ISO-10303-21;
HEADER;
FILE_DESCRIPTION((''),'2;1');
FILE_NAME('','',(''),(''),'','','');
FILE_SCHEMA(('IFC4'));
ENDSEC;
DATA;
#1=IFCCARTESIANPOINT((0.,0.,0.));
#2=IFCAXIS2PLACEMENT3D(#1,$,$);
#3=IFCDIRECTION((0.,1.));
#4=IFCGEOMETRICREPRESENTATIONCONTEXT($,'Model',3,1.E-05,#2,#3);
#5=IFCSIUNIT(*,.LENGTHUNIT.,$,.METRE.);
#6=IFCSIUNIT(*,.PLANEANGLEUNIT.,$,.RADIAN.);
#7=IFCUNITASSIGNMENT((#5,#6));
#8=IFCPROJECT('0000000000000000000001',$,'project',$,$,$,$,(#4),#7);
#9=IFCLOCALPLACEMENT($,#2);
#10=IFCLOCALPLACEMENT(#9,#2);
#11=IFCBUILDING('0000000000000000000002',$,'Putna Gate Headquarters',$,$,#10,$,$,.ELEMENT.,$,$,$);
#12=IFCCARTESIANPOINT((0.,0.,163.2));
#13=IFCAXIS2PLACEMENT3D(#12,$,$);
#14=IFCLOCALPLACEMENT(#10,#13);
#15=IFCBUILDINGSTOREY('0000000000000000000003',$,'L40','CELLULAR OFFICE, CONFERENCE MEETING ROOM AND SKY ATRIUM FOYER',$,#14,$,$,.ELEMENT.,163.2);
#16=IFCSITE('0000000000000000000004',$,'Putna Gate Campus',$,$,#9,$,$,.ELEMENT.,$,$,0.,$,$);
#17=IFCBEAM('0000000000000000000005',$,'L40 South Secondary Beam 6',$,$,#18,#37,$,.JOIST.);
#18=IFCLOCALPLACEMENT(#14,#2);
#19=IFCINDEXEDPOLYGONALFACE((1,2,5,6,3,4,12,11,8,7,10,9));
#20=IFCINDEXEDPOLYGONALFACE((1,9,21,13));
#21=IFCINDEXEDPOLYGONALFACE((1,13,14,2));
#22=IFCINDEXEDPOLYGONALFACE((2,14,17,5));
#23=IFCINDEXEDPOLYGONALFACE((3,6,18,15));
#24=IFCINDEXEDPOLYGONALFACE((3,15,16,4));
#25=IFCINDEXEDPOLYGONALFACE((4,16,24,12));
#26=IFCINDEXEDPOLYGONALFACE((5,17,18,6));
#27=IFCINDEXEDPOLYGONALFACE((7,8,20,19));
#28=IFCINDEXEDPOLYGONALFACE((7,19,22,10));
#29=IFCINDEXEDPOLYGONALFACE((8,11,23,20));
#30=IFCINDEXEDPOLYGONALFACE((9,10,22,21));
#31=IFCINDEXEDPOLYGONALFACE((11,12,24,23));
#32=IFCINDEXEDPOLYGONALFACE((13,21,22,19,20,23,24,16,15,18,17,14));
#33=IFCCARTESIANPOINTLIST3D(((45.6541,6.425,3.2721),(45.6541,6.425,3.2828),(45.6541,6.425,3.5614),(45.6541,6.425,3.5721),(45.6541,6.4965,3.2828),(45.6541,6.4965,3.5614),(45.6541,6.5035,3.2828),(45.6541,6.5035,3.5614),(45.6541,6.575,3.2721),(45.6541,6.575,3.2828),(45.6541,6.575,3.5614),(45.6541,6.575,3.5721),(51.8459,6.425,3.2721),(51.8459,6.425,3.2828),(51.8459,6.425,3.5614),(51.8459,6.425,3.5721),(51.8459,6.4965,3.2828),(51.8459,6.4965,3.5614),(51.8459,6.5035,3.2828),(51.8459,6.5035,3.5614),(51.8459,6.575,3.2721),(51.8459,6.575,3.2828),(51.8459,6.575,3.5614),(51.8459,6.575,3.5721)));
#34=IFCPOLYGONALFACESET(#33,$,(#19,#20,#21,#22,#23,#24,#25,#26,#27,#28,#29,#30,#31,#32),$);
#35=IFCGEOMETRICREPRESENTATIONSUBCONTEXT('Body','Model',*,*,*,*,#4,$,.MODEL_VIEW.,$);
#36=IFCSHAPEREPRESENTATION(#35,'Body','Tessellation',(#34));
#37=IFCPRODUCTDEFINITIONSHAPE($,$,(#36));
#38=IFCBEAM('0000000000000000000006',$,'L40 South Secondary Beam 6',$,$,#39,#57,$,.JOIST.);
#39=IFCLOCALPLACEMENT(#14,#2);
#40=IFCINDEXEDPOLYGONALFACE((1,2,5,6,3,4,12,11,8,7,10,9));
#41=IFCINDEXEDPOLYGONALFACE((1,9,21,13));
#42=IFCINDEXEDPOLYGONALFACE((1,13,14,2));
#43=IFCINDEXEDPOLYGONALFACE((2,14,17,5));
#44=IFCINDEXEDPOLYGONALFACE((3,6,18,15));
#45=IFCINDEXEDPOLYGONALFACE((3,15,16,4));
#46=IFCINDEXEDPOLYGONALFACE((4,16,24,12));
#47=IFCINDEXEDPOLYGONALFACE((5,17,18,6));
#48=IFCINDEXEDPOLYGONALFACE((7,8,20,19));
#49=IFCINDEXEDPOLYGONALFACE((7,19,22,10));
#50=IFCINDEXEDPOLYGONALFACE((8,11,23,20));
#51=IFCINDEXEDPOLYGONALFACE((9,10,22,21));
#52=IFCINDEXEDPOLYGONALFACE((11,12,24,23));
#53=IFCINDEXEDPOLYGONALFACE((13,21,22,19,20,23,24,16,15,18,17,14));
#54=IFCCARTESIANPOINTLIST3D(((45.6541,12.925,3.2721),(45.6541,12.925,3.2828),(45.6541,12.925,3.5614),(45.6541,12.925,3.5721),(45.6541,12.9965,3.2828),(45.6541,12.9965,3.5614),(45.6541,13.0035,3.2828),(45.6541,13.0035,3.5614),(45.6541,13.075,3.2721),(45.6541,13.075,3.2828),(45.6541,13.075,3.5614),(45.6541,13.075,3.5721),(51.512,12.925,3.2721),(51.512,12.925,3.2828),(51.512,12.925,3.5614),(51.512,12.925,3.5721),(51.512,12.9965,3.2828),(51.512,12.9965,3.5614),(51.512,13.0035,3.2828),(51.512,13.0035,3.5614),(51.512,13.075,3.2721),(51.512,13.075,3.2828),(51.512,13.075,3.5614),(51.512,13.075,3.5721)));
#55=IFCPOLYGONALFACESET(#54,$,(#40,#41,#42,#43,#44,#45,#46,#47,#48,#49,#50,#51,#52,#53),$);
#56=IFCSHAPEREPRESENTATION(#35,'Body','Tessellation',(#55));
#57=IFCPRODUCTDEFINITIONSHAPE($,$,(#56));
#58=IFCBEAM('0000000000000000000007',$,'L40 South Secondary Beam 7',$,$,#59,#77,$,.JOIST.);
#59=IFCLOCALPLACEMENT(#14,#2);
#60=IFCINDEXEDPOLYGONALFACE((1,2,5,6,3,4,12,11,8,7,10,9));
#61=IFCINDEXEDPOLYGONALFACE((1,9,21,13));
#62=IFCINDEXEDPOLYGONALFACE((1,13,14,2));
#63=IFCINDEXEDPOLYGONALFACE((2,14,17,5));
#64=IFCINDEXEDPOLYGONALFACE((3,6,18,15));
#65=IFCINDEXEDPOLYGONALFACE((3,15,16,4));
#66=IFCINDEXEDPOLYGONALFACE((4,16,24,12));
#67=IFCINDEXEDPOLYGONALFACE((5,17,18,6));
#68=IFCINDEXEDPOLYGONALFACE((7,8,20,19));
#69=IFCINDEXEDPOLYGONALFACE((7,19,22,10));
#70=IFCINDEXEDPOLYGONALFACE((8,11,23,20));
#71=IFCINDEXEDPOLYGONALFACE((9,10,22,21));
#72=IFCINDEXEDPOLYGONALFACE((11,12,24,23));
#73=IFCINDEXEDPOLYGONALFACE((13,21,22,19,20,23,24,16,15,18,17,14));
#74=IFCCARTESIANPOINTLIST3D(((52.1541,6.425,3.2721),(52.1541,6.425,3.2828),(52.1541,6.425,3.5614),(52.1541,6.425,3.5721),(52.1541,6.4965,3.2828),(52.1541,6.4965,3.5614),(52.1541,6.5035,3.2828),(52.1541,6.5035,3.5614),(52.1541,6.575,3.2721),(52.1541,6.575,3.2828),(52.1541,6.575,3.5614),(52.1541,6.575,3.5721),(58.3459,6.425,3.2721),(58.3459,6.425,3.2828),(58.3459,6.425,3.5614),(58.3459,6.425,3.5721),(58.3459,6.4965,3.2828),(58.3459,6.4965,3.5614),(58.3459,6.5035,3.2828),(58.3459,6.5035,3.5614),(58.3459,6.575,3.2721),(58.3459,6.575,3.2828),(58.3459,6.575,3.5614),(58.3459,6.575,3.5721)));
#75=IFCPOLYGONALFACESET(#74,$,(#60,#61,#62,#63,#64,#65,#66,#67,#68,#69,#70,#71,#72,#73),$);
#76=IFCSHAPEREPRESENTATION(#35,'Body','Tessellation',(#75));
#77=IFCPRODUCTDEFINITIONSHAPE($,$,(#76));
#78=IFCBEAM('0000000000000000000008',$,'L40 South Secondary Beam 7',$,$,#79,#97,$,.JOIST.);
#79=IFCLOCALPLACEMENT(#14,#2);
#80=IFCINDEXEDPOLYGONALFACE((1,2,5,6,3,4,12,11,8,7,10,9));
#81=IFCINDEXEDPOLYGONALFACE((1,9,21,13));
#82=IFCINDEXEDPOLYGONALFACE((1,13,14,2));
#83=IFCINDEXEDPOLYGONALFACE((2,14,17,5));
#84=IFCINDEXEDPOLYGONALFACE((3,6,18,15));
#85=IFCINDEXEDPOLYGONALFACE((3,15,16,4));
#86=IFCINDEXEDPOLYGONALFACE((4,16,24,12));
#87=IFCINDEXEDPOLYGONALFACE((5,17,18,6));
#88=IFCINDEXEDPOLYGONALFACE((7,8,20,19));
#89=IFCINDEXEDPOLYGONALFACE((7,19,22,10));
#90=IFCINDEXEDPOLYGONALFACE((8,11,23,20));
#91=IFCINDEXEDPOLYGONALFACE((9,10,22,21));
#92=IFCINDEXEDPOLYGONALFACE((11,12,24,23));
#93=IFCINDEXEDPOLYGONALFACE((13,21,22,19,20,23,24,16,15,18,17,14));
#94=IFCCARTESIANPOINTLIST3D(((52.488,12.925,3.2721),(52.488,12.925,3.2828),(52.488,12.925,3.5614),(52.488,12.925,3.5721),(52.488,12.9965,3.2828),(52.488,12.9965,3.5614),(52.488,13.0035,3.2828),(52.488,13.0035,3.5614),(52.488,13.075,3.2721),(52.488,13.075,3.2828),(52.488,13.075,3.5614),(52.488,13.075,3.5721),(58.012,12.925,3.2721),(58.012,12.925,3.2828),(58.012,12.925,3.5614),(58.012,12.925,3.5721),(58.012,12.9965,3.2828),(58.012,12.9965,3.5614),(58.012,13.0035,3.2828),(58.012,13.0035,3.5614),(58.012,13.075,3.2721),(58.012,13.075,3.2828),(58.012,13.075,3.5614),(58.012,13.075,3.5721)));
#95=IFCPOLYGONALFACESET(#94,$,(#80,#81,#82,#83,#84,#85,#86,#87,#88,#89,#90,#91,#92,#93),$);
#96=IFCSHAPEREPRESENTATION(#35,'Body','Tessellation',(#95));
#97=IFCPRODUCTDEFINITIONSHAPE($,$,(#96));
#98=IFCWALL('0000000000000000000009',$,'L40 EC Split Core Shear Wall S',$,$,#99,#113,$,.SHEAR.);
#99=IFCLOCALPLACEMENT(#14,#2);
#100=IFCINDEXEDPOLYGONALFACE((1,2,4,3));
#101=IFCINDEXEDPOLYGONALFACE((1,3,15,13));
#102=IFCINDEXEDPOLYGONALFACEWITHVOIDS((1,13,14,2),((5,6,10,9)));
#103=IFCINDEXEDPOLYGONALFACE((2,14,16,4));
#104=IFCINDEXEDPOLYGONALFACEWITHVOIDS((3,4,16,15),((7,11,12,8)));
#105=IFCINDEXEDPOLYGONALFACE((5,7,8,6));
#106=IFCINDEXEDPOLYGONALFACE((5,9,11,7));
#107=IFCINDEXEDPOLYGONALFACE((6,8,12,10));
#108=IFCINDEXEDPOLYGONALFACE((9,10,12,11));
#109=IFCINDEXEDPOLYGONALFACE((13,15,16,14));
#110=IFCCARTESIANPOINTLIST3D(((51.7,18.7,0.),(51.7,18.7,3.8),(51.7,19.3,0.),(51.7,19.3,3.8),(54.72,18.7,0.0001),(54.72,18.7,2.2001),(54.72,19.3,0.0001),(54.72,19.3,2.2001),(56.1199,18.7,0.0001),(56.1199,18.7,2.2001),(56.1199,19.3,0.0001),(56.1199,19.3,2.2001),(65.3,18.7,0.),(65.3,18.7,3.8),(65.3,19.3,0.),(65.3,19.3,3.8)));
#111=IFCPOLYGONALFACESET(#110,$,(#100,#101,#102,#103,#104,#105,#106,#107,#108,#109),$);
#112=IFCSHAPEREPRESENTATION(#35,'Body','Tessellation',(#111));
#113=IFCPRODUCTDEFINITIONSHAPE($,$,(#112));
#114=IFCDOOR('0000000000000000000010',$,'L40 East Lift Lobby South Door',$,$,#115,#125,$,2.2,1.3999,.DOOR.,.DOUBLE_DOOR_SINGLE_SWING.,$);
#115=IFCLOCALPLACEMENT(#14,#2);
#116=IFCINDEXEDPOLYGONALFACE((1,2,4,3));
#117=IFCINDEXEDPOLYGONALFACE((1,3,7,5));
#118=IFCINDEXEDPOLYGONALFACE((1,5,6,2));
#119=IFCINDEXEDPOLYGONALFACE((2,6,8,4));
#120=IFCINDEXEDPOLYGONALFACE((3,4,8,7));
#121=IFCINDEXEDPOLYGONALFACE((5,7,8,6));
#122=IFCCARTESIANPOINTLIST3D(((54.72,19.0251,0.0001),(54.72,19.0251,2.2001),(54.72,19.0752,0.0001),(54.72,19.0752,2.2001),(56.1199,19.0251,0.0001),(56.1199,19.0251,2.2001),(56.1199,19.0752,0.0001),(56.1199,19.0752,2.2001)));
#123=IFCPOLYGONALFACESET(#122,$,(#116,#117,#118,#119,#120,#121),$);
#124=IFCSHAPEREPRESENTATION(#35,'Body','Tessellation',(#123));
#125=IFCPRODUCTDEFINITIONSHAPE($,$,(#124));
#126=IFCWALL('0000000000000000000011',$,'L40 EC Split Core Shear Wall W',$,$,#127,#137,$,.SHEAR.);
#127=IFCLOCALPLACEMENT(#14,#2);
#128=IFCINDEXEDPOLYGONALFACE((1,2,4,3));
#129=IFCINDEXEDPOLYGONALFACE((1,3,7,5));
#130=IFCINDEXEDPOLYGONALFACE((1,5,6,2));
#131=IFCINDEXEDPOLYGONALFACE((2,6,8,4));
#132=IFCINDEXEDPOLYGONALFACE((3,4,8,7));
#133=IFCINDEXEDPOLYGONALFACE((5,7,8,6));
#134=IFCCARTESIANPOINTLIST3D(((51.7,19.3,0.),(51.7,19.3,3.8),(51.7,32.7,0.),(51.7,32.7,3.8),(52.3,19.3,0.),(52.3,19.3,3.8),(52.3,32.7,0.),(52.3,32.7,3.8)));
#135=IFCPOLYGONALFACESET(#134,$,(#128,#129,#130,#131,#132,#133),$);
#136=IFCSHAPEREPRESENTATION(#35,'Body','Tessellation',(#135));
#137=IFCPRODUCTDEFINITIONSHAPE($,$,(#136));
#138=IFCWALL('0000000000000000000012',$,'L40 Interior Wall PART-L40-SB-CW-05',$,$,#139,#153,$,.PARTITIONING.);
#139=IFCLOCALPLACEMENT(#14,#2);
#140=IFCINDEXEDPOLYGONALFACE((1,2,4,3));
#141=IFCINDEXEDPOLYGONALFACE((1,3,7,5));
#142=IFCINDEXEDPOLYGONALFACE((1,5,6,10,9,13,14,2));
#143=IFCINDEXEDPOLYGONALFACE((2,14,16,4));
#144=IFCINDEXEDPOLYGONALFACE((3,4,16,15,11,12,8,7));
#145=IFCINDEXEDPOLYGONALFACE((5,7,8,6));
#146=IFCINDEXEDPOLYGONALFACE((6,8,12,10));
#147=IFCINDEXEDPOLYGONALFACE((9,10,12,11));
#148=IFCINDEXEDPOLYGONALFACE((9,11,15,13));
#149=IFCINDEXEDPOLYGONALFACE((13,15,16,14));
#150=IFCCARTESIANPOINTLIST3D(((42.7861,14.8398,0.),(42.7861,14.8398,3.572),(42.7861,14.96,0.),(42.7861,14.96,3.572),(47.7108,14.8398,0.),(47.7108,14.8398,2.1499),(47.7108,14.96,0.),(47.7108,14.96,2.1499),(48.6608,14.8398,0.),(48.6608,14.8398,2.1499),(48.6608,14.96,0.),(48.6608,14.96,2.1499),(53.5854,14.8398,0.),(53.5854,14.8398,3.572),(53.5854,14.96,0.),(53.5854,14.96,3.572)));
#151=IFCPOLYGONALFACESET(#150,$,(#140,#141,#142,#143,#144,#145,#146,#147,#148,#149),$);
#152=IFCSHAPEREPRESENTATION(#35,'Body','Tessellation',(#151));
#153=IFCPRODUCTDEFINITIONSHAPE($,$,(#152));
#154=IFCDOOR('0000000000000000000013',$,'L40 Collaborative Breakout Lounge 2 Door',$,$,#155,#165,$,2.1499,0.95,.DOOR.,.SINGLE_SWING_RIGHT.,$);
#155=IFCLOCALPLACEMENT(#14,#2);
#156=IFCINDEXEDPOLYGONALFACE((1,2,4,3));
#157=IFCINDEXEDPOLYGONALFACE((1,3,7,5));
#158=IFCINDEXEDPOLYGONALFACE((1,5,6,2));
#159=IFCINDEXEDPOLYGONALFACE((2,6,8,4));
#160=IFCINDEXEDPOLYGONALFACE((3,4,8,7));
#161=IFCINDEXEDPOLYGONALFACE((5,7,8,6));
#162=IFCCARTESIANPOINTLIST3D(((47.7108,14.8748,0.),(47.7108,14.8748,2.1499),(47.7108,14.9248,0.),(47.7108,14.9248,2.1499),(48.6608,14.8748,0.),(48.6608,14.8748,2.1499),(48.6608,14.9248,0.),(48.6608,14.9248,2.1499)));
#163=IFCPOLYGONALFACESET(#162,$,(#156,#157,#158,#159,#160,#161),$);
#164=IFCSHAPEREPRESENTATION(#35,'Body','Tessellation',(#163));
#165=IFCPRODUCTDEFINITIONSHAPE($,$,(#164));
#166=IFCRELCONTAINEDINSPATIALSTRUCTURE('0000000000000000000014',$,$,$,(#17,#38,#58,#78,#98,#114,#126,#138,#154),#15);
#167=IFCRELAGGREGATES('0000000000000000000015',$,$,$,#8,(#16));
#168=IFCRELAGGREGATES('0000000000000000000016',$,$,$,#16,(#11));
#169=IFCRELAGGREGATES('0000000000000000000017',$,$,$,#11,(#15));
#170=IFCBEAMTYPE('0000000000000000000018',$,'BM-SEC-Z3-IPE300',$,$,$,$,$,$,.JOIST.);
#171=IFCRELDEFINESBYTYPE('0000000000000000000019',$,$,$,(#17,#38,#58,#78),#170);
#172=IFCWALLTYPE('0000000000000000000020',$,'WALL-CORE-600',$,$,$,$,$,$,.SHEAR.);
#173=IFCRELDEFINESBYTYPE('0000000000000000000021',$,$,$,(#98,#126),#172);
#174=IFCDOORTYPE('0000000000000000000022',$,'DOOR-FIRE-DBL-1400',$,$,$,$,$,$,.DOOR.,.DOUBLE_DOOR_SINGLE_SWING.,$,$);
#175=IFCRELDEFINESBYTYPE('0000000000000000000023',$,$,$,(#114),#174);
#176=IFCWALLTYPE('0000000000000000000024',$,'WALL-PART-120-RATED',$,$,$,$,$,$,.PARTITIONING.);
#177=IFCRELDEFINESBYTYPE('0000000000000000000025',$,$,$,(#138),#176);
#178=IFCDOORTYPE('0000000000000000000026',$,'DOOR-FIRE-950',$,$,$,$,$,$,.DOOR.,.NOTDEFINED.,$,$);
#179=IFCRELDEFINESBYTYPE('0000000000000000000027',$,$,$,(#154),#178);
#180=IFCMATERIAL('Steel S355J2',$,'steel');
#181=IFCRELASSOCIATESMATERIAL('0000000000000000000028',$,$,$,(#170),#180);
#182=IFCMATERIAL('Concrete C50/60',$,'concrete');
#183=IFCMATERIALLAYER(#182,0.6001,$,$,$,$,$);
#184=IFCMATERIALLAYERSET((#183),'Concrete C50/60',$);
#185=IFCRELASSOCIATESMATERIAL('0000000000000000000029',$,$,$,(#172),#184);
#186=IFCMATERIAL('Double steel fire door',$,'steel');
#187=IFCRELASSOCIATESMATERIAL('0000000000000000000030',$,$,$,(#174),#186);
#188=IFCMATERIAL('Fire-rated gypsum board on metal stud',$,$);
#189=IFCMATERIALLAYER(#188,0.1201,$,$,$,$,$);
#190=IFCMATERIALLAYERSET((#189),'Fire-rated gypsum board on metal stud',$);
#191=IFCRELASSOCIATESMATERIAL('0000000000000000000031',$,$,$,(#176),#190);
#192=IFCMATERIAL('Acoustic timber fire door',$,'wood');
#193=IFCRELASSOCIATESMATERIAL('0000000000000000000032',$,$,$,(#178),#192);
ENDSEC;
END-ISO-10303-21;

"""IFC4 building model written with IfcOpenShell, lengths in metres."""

from ifc_helpers import new_model, si_unit, direction, frame, frame_2d, origin, origin_2d, place, context, subcontext, project, spatial, rectangle, i_section, extrude, material, layer, layer_set, material_profile, profile_set, type_object, element, fill, save


model = new_model("IFC4")

# Units and contexts
model_context = context("Model", 3, precision=1e-05, world=origin(), true_north=direction((0.0, 1.0)))
body_context = subcontext(model_context, "Body", "Model", "MODEL_VIEW")
ifc_project = project(units=[si_unit("LENGTHUNIT", "METRE"), si_unit("PLANEANGLEUNIT", "RADIAN")], contexts=[model_context])

# Site, building, storey
site_placement = place(None, origin())
site = spatial("IfcSite", under=ifc_project, at=site_placement, Name="Putna Gate Campus", CompositionType="ELEMENT", RefElevation=0.0)
building_placement = place(site_placement, origin())
building = spatial("IfcBuilding", under=site, at=building_placement, Name="Putna Gate Headquarters", CompositionType="ELEMENT")
storey_placement = place(building_placement, frame((0.0, 0.0, 163.2)))
storey = spatial("IfcBuildingStorey", under=building, at=storey_placement, Name="L40", Description="CELLULAR OFFICE, CONFERENCE MEETING ROOM AND SKY ATRIUM FOYER", CompositionType="ELEMENT", Elevation=163.2)

# Shared definitions
ifc_material_1 = material(Name="Concrete C50/60", Category="concrete")

# Beams
ifc_material_2 = material(Name="Steel S355J2", Category="steel")
ifc_material_profile_1 = material_profile(ifc_material_2, i_section(OverallWidth=0.1499, OverallDepth=0.3, WebThickness=0.0071, FlangeThickness=0.0107, at=origin_2d()), Name="Steel S355J2")
ifc_profile_set_1 = profile_set([ifc_material_profile_1], Name="Steel S355J2")
beam_type_1 = type_object("IfcBeamType", Name="BM-SEC-Z3-IPE300", PredefinedType="JOIST", material=ifc_profile_set_1)
for number, where, z_axis, x_axis, name in (
    (1, (45.6541, 6.5, 3.4221), (1.0, 0.0, 0.0), (0.0, 1.0, 0.0), "L40 South Secondary Beam 6"),
):
    element("IfcBeam", number, at=place(storey_placement, frame(where, z_axis=z_axis, x_axis=x_axis)), inside=storey, type_object=beam_type_1, Name=name, PredefinedType="JOIST", context=body_context, shape_type="SweptSolid", body=[
        extrude(i_section(OverallWidth=0.1499, OverallDepth=0.3, WebThickness=0.0071, FlangeThickness=0.0107, at=origin_2d()), origin(), (0.0, 0.0, 1.0), 6.1919),
    ])
beam_1_placement = place(storey_placement, frame((45.6541, 13.0, 3.4221), z_axis=(1.0, 0.0, 0.0), x_axis=(0.0, 1.0, 0.0)))
element("IfcBeam", 2, at=beam_1_placement, inside=storey, type_object=beam_type_1, Name="L40 South Secondary Beam 6", PredefinedType="JOIST", context=body_context, shape_type="SweptSolid", body=[
    extrude(i_section(OverallWidth=0.1499, OverallDepth=0.3, WebThickness=0.0071, FlangeThickness=0.0107, at=origin_2d()), origin(), (0.0, 0.0, 1.0), 5.8579),
])
beam_2_placement = place(storey_placement, frame((52.1541, 6.5, 3.4221), z_axis=(1.0, 0.0, 0.0), x_axis=(0.0, 1.0, 0.0)))
element("IfcBeam", 3, at=beam_2_placement, inside=storey, type_object=beam_type_1, Name="L40 South Secondary Beam 7", PredefinedType="JOIST", context=body_context, shape_type="SweptSolid", body=[
    extrude(i_section(OverallWidth=0.1499, OverallDepth=0.3, WebThickness=0.0071, FlangeThickness=0.0107, at=origin_2d()), origin(), (0.0, 0.0, 1.0), 6.1919),
])
beam_3_placement = place(storey_placement, frame((52.488, 13.0, 3.4221), z_axis=(1.0, 0.0, 0.0), x_axis=(0.0, 1.0, 0.0)))
element("IfcBeam", 4, at=beam_3_placement, inside=storey, type_object=beam_type_1, Name="L40 South Secondary Beam 7", PredefinedType="JOIST", context=body_context, shape_type="SweptSolid", body=[
    extrude(i_section(OverallWidth=0.1499, OverallDepth=0.3, WebThickness=0.0071, FlangeThickness=0.0107, at=origin_2d()), origin(), (0.0, 0.0, 1.0), 5.5239),
])

# Wall, opening, door
ifc_layer_1 = layer(ifc_material_1, 0.6001)
ifc_layer_set_1 = layer_set([ifc_layer_1], Name="Concrete C50/60")
wall_type_1 = type_object("IfcWallType", Name="WALL-CORE-600", PredefinedType="SHEAR", material=ifc_layer_set_1)
wall_1_placement = place(storey_placement, frame((51.7, 19.0, 0.0), z_axis=(0.0, 0.0, 1.0), x_axis=(1.0, 0.0, 0.0)))
wall_1 = element("IfcWall", 5, at=wall_1_placement, inside=storey, type_object=wall_type_1, Name="L40 EC Split Core Shear Wall S", PredefinedType="SHEAR", context=body_context, shape_type="SweptSolid", body=[
    extrude(rectangle(XDim=13.6001, YDim=0.6001, at=frame_2d((6.8, 0.0))), origin(), (0.0, 0.0, 1.0), 3.8),
])
opening_1_placement = place(wall_1_placement, frame((3.02, 0.0, 0.0)))
opening_1 = element("IfcOpeningElement", 6, at=opening_1_placement, cuts=wall_1, PredefinedType="OPENING", context=body_context, shape_type="SweptSolid", body=[
    extrude(rectangle(XDim=1.3999, YDim=2.2, at=frame_2d((0.7, 1.1001))), frame((0.0, 0.3101, 0.0), z_axis=(0.0, -1.0, 0.0), x_axis=(1.0, 0.0, 0.0)), (0.0, 0.0, 1.0), 0.6201),
])
ifc_material_3 = material(Name="Double steel fire door", Category="steel")
door_type_1 = type_object("IfcDoorType", Name="DOOR-FIRE-DBL-1400", OperationType="DOUBLE_DOOR_SINGLE_SWING", PredefinedType="DOOR", material=ifc_material_3)
door_1_placement = place(opening_1_placement, origin())
door_1 = element("IfcDoor", 7, at=door_1_placement, inside=storey, type_object=door_type_1, Name="L40 East Lift Lobby South Door", OperationType="DOUBLE_DOOR_SINGLE_SWING", OverallHeight=2.2, OverallWidth=1.3999, PredefinedType="DOOR", context=body_context, shape_type="SweptSolid", body=[
    extrude(rectangle(XDim=1.3999, YDim=2.2, at=frame_2d((0.7, 1.1001))), frame((0.0, 0.0752, 0.0), z_axis=(0.0, -1.0, 0.0), x_axis=(1.0, 0.0, 0.0)), (0.0, 0.0, 1.0), 0.05),
])
fill(opening_1, door_1)

# Wall
wall_2_placement = place(storey_placement, frame((52.0, 19.3, 0.0), z_axis=(0.0, 0.0, 1.0), x_axis=(0.0, 1.0, 0.0)))
element("IfcWall", 8, at=wall_2_placement, inside=storey, type_object=wall_type_1, Name="L40 EC Split Core Shear Wall W", PredefinedType="SHEAR", context=body_context, shape_type="SweptSolid", body=[
    extrude(rectangle(XDim=13.3999, YDim=0.6001, at=frame_2d((6.7, 0.0))), origin(), (0.0, 0.0, 1.0), 3.8),
])

# Wall, opening, door
ifc_material_4 = material(Name="Fire-rated gypsum board on metal stud")
ifc_layer_2 = layer(ifc_material_4, 0.1201)
ifc_layer_set_2 = layer_set([ifc_layer_2], Name="Fire-rated gypsum board on metal stud")
wall_type_2 = type_object("IfcWallType", Name="WALL-PART-120-RATED", PredefinedType="PARTITIONING", material=ifc_layer_set_2)
wall_3_placement = place(storey_placement, frame((42.7861, 14.8999, 0.0), z_axis=(0.0, 0.0, 1.0), x_axis=(1.0, 0.0, 0.0)))
wall_3 = element("IfcWall", 9, at=wall_3_placement, inside=storey, type_object=wall_type_2, Name="L40 Interior Wall PART-L40-SB-CW-05", PredefinedType="PARTITIONING", context=body_context, shape_type="SweptSolid", body=[
    extrude(rectangle(XDim=10.7993, YDim=0.1201, at=frame_2d((5.3997, 0.0))), origin(), (0.0, 0.0, 1.0), 3.572),
])
opening_2_placement = place(wall_3_placement, frame((4.9246, 0.0, 0.0)))
opening_2 = element("IfcOpeningElement", 10, at=opening_2_placement, cuts=wall_3, PredefinedType="OPENING", context=body_context, shape_type="SweptSolid", body=[
    extrude(rectangle(XDim=0.95, YDim=2.1499, at=frame_2d((0.4751, 1.075))), frame((0.0, 0.0701, 0.0), z_axis=(0.0, -1.0, 0.0), x_axis=(1.0, 0.0, 0.0)), (0.0, 0.0, 1.0), 0.1401),
])
ifc_material_5 = material(Name="Acoustic timber fire door", Category="wood")
door_type_2 = type_object("IfcDoorType", Name="DOOR-FIRE-950", OperationType="NOTDEFINED", PredefinedType="DOOR", material=ifc_material_5)
door_2_placement = place(opening_2_placement, origin())
door_2 = element("IfcDoor", 11, at=door_2_placement, inside=storey, type_object=door_type_2, Name="L40 Collaborative Breakout Lounge 2 Door", OperationType="SINGLE_SWING_RIGHT", OverallHeight=2.1499, OverallWidth=0.95, PredefinedType="DOOR", context=body_context, shape_type="SweptSolid", body=[
    extrude(rectangle(XDim=0.95, YDim=2.1499, at=frame_2d((0.4751, 1.075))), frame((0.0, 0.0249, 0.0), z_axis=(0.0, -1.0, 0.0), x_axis=(1.0, 0.0, 0.0)), (0.0, 0.0, 1.0), 0.05),
])
fill(opening_2, door_2)

save(model, "model.ifc")
